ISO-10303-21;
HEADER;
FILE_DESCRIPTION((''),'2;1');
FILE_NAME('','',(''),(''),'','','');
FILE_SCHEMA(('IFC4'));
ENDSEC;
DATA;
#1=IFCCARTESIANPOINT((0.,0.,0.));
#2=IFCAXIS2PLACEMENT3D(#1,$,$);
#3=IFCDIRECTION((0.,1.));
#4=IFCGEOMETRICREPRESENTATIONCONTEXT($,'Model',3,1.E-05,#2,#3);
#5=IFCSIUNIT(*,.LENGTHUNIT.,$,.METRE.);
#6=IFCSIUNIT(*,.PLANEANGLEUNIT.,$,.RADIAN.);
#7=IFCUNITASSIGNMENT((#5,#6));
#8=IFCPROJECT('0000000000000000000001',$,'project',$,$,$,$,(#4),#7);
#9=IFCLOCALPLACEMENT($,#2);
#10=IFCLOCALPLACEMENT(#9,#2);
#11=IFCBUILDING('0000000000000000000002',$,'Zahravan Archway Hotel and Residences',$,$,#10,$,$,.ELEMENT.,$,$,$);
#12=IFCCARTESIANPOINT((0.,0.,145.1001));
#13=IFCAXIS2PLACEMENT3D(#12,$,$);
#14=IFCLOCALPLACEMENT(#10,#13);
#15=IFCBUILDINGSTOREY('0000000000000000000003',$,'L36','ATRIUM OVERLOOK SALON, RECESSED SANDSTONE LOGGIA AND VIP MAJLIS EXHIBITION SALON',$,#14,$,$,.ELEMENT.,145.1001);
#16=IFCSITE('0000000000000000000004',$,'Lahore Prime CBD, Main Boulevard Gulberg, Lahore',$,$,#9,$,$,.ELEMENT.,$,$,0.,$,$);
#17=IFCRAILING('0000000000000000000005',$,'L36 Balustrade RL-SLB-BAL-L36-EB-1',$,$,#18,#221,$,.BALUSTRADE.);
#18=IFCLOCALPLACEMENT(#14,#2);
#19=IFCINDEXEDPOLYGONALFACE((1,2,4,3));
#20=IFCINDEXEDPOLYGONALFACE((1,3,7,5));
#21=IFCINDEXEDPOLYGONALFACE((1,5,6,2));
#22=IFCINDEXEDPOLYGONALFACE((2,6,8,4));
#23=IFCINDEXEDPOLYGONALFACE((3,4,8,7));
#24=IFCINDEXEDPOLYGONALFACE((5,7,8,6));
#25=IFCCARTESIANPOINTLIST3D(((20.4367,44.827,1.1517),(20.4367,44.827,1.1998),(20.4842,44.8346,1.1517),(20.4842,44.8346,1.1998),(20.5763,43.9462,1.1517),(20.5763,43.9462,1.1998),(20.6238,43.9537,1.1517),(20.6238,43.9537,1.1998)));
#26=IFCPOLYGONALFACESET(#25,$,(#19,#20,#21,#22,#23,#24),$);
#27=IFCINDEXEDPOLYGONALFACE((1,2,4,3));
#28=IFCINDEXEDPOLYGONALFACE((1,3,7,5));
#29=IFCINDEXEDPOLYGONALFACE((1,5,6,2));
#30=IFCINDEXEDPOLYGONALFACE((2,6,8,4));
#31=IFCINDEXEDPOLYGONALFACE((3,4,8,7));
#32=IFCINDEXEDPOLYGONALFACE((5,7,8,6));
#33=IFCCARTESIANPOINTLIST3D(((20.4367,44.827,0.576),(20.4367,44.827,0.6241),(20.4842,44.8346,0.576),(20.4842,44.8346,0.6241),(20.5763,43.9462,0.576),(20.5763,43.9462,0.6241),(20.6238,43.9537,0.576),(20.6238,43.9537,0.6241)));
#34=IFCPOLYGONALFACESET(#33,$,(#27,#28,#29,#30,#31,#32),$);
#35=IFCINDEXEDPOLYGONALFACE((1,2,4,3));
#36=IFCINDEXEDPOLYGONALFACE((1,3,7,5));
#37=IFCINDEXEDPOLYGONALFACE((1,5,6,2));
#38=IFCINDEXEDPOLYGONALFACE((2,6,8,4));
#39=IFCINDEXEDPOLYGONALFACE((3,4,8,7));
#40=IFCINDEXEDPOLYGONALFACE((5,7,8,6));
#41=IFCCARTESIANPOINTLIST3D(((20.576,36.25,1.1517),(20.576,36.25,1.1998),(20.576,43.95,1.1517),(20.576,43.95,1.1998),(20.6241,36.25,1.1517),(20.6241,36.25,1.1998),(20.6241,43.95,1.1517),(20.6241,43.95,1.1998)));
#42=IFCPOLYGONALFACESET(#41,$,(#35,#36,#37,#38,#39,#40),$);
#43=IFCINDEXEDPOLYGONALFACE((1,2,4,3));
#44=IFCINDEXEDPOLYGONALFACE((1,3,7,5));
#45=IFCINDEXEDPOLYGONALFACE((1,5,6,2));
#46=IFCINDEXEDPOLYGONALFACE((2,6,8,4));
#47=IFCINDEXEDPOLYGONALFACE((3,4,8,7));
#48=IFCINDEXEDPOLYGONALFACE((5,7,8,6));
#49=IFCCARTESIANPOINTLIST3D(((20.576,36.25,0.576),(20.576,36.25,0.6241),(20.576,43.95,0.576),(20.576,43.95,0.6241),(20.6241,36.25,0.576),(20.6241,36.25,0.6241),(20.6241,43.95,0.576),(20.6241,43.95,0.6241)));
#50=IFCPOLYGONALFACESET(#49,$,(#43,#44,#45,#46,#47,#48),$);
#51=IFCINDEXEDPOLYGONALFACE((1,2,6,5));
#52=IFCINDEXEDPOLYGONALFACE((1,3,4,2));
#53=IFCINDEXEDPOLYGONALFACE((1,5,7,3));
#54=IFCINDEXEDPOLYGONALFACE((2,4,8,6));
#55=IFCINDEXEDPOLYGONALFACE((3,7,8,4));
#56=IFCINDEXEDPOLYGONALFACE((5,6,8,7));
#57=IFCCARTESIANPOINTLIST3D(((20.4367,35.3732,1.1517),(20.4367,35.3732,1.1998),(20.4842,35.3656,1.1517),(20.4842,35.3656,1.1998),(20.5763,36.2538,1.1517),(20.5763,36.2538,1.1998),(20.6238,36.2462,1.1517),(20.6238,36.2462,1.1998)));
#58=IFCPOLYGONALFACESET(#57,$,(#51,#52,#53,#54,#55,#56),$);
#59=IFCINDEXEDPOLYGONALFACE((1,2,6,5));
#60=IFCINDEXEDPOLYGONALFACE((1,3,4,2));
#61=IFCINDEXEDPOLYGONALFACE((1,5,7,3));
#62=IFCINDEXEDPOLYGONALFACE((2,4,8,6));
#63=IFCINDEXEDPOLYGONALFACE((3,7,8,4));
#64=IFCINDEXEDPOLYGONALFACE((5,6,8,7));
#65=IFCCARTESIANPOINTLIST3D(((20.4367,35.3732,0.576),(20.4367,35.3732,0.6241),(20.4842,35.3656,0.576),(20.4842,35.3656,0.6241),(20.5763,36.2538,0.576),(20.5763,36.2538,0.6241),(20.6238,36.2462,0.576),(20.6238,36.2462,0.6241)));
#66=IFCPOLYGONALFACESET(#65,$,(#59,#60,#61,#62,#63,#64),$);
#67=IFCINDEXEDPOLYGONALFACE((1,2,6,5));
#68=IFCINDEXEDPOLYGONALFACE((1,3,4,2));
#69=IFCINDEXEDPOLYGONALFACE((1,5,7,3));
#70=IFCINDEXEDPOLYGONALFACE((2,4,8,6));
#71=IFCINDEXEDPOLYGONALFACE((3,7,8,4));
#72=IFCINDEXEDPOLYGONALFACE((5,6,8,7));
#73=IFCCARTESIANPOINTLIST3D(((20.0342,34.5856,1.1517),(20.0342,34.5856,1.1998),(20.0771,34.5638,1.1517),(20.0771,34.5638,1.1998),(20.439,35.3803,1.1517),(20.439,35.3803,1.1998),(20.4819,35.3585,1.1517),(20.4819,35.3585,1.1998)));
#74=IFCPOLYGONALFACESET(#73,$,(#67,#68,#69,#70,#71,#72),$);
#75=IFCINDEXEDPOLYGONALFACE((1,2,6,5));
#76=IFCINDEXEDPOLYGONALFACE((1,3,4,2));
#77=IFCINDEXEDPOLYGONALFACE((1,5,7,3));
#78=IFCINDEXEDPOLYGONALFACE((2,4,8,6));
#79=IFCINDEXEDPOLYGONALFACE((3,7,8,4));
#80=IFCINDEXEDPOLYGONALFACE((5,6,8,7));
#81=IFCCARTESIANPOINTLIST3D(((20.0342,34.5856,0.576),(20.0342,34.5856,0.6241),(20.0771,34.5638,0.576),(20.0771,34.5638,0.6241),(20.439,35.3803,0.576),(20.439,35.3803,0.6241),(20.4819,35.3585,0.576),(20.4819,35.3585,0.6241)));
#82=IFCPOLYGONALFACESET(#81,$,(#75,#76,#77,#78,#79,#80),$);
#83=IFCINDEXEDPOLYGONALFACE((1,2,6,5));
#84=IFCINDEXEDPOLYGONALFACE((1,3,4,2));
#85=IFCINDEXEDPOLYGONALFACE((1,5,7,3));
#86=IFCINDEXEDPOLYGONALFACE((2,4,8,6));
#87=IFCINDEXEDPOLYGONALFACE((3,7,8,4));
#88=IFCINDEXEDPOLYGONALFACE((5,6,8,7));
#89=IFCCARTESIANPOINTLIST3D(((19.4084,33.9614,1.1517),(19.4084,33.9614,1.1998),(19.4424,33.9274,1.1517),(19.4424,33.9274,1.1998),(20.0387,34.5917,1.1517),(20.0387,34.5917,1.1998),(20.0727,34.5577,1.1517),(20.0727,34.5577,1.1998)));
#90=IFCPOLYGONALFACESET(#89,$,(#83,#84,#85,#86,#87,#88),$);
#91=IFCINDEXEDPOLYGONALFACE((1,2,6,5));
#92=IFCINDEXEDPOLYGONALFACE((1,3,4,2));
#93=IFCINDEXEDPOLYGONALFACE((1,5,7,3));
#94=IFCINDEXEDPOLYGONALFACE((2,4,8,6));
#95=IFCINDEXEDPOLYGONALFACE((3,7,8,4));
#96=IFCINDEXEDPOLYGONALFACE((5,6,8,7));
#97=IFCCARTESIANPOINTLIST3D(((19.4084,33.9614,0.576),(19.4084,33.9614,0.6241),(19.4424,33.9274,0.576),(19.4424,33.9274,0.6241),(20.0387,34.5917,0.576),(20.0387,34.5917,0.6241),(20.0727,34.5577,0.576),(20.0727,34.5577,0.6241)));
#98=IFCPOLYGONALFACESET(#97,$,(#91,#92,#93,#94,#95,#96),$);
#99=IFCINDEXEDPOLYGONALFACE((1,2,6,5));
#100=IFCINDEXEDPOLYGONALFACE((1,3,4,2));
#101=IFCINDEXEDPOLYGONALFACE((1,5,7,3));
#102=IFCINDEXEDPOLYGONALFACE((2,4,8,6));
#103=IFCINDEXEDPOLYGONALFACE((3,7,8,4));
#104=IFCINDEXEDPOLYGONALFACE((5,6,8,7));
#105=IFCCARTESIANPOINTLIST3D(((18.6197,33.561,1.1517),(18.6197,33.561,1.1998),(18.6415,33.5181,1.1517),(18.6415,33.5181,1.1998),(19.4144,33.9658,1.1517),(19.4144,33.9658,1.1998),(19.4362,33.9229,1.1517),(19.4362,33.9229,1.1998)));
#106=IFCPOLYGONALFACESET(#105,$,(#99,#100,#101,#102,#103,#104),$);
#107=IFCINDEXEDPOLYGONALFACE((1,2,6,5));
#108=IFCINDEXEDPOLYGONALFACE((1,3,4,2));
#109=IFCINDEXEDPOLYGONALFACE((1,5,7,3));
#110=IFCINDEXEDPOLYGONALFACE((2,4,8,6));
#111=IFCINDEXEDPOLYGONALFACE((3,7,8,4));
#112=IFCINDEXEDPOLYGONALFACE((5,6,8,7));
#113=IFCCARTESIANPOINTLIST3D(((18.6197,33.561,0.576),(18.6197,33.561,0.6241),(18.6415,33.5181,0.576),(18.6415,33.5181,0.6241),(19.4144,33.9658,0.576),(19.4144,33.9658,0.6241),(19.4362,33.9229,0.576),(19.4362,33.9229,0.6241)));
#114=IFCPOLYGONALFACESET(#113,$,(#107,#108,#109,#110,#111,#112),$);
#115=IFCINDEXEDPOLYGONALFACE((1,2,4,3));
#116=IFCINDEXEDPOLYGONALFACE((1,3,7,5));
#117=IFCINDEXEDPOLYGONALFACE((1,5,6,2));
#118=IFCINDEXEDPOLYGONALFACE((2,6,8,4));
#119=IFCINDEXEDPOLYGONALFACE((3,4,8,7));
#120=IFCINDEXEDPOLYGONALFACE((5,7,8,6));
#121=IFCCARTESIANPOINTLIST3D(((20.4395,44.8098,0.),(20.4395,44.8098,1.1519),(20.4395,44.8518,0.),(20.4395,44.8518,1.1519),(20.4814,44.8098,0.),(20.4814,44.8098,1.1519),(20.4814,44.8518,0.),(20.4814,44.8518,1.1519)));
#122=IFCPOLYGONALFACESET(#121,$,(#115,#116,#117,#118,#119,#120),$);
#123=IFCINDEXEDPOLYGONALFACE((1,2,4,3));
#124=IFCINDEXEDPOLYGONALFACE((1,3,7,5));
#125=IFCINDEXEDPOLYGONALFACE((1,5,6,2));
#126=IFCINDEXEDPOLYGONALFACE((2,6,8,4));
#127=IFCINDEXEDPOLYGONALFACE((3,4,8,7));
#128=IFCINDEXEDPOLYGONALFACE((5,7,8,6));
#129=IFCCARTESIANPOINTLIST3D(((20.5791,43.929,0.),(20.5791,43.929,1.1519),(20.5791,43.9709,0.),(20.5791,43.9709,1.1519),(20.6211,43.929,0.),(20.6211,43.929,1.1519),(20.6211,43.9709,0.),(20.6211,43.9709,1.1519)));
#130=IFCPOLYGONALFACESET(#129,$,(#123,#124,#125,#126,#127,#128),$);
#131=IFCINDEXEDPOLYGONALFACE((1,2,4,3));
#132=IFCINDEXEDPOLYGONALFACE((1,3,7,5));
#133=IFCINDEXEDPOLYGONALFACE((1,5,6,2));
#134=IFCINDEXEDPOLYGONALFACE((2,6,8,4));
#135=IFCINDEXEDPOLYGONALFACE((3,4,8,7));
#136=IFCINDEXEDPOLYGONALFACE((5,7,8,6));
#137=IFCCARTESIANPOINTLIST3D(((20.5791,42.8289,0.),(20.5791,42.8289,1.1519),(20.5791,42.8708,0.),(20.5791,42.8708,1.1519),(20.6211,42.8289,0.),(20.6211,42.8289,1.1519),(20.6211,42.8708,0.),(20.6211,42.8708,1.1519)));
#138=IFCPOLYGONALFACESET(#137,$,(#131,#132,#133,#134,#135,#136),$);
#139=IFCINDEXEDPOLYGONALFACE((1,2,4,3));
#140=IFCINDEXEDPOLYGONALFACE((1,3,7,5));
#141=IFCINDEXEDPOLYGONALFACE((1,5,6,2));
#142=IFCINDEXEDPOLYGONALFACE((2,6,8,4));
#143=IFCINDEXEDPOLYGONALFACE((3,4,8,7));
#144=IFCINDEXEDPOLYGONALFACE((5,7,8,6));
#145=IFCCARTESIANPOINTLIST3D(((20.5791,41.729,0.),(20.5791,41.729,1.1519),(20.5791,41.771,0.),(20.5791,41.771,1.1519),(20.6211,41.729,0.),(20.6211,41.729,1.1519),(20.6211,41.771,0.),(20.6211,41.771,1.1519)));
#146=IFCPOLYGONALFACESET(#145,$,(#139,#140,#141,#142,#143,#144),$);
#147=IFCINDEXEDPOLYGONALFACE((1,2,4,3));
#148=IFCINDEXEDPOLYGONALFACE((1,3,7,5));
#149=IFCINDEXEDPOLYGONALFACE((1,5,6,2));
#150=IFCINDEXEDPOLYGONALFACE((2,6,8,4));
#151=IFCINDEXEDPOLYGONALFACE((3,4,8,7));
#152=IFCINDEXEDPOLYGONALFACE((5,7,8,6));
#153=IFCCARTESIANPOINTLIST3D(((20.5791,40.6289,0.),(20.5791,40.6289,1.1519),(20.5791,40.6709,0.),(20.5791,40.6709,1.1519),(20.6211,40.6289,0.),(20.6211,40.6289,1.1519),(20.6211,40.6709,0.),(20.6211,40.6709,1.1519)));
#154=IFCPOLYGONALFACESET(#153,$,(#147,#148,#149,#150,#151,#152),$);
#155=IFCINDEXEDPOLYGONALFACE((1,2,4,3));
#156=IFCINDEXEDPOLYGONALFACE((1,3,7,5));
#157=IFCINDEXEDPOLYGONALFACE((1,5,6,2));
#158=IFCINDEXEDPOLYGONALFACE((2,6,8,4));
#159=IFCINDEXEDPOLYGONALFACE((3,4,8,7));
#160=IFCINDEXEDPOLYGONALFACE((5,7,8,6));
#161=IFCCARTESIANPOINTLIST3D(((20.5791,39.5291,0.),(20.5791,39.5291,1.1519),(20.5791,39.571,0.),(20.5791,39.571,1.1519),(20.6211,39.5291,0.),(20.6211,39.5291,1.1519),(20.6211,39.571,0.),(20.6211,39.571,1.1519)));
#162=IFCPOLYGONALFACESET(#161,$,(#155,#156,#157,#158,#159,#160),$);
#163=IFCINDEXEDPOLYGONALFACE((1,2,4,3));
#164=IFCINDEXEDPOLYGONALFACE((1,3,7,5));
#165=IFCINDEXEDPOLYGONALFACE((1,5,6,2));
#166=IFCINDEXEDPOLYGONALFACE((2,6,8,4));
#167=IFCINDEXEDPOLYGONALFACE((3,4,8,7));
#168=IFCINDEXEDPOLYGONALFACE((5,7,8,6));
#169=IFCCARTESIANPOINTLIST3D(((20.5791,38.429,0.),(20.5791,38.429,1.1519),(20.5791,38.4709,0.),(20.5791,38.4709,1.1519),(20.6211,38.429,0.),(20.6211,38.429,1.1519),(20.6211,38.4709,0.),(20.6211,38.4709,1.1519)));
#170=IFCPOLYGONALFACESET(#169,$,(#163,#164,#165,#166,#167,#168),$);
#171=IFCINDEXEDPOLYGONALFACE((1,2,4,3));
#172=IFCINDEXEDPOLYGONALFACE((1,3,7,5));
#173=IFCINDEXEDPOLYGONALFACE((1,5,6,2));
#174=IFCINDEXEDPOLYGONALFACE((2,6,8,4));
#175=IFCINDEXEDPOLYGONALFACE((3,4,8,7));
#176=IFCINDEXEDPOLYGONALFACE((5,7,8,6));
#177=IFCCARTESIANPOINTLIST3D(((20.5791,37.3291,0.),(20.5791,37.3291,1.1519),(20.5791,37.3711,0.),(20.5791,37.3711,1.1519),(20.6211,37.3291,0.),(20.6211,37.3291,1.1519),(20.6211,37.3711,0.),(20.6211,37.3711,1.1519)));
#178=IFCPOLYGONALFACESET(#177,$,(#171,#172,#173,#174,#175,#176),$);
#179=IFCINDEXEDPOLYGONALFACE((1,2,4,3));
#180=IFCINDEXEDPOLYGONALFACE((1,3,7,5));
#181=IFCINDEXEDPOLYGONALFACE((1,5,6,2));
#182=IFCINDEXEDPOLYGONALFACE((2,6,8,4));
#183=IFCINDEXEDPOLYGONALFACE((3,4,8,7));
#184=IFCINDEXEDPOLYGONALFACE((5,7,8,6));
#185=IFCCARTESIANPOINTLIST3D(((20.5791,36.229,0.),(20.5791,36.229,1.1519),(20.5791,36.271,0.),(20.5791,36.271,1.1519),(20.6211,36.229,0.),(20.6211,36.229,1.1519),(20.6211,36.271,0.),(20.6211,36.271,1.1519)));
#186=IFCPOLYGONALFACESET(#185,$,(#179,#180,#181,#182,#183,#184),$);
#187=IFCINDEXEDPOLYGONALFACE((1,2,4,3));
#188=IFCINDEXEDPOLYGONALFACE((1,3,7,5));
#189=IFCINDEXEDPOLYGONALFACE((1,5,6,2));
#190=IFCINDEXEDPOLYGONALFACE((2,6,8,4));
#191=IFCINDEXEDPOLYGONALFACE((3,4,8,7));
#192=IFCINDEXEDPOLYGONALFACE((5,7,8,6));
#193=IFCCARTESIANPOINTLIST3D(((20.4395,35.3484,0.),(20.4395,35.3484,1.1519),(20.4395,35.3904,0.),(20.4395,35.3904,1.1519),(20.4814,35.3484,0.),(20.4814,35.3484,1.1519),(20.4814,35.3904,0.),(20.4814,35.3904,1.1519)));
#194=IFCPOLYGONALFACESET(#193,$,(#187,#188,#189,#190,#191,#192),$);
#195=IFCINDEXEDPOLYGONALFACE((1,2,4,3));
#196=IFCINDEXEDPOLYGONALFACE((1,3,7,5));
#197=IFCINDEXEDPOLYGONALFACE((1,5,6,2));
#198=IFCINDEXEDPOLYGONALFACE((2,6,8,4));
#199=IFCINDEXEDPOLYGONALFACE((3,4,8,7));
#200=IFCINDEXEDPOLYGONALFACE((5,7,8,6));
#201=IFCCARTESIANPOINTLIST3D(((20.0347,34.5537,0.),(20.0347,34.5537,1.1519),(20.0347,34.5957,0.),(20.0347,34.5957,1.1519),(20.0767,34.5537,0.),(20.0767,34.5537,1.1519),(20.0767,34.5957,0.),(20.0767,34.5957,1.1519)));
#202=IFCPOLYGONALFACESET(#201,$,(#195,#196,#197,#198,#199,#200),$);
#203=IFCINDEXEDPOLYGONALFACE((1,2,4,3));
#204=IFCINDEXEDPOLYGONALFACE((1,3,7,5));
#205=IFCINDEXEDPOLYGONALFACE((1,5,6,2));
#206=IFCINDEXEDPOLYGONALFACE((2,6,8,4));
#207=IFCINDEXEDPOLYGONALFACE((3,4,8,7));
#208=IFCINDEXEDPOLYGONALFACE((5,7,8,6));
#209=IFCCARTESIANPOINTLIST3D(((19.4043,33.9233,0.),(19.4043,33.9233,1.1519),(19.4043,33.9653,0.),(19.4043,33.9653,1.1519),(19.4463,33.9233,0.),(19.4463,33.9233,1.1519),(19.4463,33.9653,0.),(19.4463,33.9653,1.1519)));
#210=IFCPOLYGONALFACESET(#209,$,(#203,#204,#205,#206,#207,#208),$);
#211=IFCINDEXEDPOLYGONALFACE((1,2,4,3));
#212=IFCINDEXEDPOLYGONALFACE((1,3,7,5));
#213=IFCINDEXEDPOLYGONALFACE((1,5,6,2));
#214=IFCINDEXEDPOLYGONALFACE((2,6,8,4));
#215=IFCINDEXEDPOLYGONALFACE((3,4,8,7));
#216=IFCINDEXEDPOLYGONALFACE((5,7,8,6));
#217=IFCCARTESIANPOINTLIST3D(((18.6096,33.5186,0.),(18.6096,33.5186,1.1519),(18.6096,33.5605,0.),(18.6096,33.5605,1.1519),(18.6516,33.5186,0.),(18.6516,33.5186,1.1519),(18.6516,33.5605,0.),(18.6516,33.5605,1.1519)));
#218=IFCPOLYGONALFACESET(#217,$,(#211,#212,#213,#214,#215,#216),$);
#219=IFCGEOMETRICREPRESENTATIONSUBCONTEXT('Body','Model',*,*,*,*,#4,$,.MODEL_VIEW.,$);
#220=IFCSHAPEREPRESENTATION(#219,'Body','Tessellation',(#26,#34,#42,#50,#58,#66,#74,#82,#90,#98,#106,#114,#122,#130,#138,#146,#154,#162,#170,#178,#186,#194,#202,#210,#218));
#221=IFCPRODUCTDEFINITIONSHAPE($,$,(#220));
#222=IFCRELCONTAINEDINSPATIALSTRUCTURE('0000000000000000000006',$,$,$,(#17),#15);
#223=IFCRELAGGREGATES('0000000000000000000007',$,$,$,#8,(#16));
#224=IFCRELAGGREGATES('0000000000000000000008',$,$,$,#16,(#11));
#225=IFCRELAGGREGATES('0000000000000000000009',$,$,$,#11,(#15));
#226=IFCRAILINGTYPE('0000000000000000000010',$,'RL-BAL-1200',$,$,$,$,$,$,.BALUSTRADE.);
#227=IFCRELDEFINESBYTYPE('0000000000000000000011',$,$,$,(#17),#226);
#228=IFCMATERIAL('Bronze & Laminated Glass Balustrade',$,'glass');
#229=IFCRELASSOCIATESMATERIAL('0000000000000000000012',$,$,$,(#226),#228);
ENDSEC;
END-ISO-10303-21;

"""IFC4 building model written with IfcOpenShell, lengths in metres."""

from ifc_helpers import new_model, si_unit, direction, frame, origin, origin_2d, place, context, subcontext, project, spatial, rectangle, extrude, material, type_object, element, save


model = new_model("IFC4")

# Units and contexts
model_context = context("Model", 3, precision=1e-05, world=origin(), true_north=direction((0.0, 1.0)))
body_context = subcontext(model_context, "Body", "Model", "MODEL_VIEW")
ifc_project = project(units=[si_unit("LENGTHUNIT", "METRE"), si_unit("PLANEANGLEUNIT", "RADIAN")], contexts=[model_context])

# Site, building, storey
site_placement = place(None, origin())
site = spatial("IfcSite", under=ifc_project, at=site_placement, Name="Lahore Prime CBD, Main Boulevard Gulberg, Lahore", CompositionType="ELEMENT", RefElevation=0.0)
building_placement = place(site_placement, origin())
building = spatial("IfcBuilding", under=site, at=building_placement, Name="Zahravan Archway Hotel and Residences", CompositionType="ELEMENT")
storey_placement = place(building_placement, frame((0.0, 0.0, 145.1001)))
storey = spatial("IfcBuildingStorey", under=building, at=storey_placement, Name="L36", Description="ATRIUM OVERLOOK SALON, RECESSED SANDSTONE LOGGIA AND VIP MAJLIS EXHIBITION SALON", CompositionType="ELEMENT", Elevation=145.1001)

# Railing
ifc_material_1 = material(Name="Bronze & Laminated Glass Balustrade", Category="glass")
railing_type = type_object("IfcRailingType", Name="RL-BAL-1200", PredefinedType="BALUSTRADE", material=ifc_material_1)
railing_placement = place(storey_placement, frame((20.4604, 44.8308, 0.0)))
element("IfcRailing", 1, at=railing_placement, inside=storey, type_object=railing_type, Name="L36 Balustrade RL-SLB-BAL-L36-EB-1", PredefinedType="BALUSTRADE", context=body_context, shape_type="SweptSolid", body=[
    extrude(rectangle(XDim=0.0481, YDim=0.0481, at=origin_2d()), frame((0.0, 0.0, 1.1758), z_axis=(0.156581, -0.987665, 0.0), x_axis=(0.987665, 0.156581, 0.0)), (0.0, 0.0, 1.0), 0.8918),
    extrude(rectangle(XDim=0.0481, YDim=0.0481, at=origin_2d()), frame((0.0, 0.0, 0.6001), z_axis=(0.156581, -0.987665, 0.0), x_axis=(0.987665, 0.156581, 0.0)), (0.0, 0.0, 1.0), 0.8918),
    extrude(rectangle(XDim=0.0481, YDim=0.0481, at=origin_2d()), frame((0.1396, -0.8809, 1.1758), z_axis=(0.0, -1.0, 0.0), x_axis=(1.0, 0.0, 0.0)), (0.0, 0.0, 1.0), 7.7),
    extrude(rectangle(XDim=0.0481, YDim=0.0481, at=origin_2d()), frame((0.1396, -0.8809, 0.6001), z_axis=(0.0, -1.0, 0.0), x_axis=(1.0, 0.0, 0.0)), (0.0, 0.0, 1.0), 7.7),
    extrude(rectangle(XDim=0.0481, YDim=0.0481, at=origin_2d()), frame((0.1396, -8.5808, 1.1758), z_axis=(-0.156623, -0.987658, 0.0), x_axis=(0.987658, -0.156623, 0.0)), (0.0, 0.0, 1.0), 0.8916),
    extrude(rectangle(XDim=0.0481, YDim=0.0481, at=origin_2d()), frame((0.1396, -8.5808, 0.6001), z_axis=(-0.156623, -0.987658, 0.0), x_axis=(0.987658, -0.156623, 0.0)), (0.0, 0.0, 1.0), 0.8916),
    extrude(rectangle(XDim=0.0481, YDim=0.0481, at=origin_2d()), frame((0.0, -9.4614, 1.1758), z_axis=(-0.453881, -0.891062, 0.0), x_axis=(0.891062, -0.453881, 0.0)), (0.0, 0.0, 1.0), 0.8918),
    extrude(rectangle(XDim=0.0481, YDim=0.0481, at=origin_2d()), frame((0.0, -9.4614, 0.6001), z_axis=(-0.453881, -0.891062, 0.0), x_axis=(0.891062, -0.453881, 0.0)), (0.0, 0.0, 1.0), 0.8918),
    extrude(rectangle(XDim=0.0481, YDim=0.0481, at=origin_2d()), frame((-0.4048, -10.2561, 1.1758), z_axis=(-0.707107, -0.707107, 0.0), x_axis=(0.707107, -0.707107, 0.0)), (0.0, 0.0, 1.0), 0.8914),
    extrude(rectangle(XDim=0.0481, YDim=0.0481, at=origin_2d()), frame((-0.4048, -10.2561, 0.6001), z_axis=(-0.707107, -0.707107, 0.0), x_axis=(0.707107, -0.707107, 0.0)), (0.0, 0.0, 1.0), 0.8914),
    extrude(rectangle(XDim=0.0481, YDim=0.0481, at=origin_2d()), frame((-1.0352, -10.8865, 1.1758), z_axis=(-0.891062, -0.453881, 0.0), x_axis=(0.453881, -0.891062, 0.0)), (0.0, 0.0, 1.0), 0.8918),
    extrude(rectangle(XDim=0.0481, YDim=0.0481, at=origin_2d()), frame((-1.0352, -10.8865, 0.6001), z_axis=(-0.891062, -0.453881, 0.0), x_axis=(0.453881, -0.891062, 0.0)), (0.0, 0.0, 1.0), 0.8918),
    extrude(rectangle(XDim=0.042, YDim=0.042, at=origin_2d()), origin(), (0.0, 0.0, 1.0), 1.1519),
    extrude(rectangle(XDim=0.042, YDim=0.042, at=origin_2d()), frame((0.1396, -0.8809, 0.0)), (0.0, 0.0, 1.0), 1.1519),
    extrude(rectangle(XDim=0.042, YDim=0.042, at=origin_2d()), frame((0.1396, -1.981, 0.0)), (0.0, 0.0, 1.0), 1.1519),
    extrude(rectangle(XDim=0.042, YDim=0.042, at=origin_2d()), frame((0.1396, -3.0808, 0.0)), (0.0, 0.0, 1.0), 1.1519),
    extrude(rectangle(XDim=0.042, YDim=0.042, at=origin_2d()), frame((0.1396, -4.1809, 0.0)), (0.0, 0.0, 1.0), 1.1519),
    extrude(rectangle(XDim=0.042, YDim=0.042, at=origin_2d()), frame((0.1396, -5.2808, 0.0)), (0.0, 0.0, 1.0), 1.1519),
    extrude(rectangle(XDim=0.042, YDim=0.042, at=origin_2d()), frame((0.1396, -6.3809, 0.0)), (0.0, 0.0, 1.0), 1.1519),
    extrude(rectangle(XDim=0.042, YDim=0.042, at=origin_2d()), frame((0.1396, -7.4807, 0.0)), (0.0, 0.0, 1.0), 1.1519),
    extrude(rectangle(XDim=0.042, YDim=0.042, at=origin_2d()), frame((0.1396, -8.5808, 0.0)), (0.0, 0.0, 1.0), 1.1519),
    extrude(rectangle(XDim=0.042, YDim=0.042, at=origin_2d()), frame((0.0, -9.4614, 0.0)), (0.0, 0.0, 1.0), 1.1519),
    extrude(rectangle(XDim=0.042, YDim=0.042, at=origin_2d()), frame((-0.4048, -10.2561, 0.0)), (0.0, 0.0, 1.0), 1.1519),
    extrude(rectangle(XDim=0.042, YDim=0.042, at=origin_2d()), frame((-1.0352, -10.8865, 0.0)), (0.0, 0.0, 1.0), 1.1519),
    extrude(rectangle(XDim=0.042, YDim=0.042, at=origin_2d()), frame((-1.8298, -11.2913, 0.0)), (0.0, 0.0, 1.0), 1.1519),
])

save(model, "model.ifc")
